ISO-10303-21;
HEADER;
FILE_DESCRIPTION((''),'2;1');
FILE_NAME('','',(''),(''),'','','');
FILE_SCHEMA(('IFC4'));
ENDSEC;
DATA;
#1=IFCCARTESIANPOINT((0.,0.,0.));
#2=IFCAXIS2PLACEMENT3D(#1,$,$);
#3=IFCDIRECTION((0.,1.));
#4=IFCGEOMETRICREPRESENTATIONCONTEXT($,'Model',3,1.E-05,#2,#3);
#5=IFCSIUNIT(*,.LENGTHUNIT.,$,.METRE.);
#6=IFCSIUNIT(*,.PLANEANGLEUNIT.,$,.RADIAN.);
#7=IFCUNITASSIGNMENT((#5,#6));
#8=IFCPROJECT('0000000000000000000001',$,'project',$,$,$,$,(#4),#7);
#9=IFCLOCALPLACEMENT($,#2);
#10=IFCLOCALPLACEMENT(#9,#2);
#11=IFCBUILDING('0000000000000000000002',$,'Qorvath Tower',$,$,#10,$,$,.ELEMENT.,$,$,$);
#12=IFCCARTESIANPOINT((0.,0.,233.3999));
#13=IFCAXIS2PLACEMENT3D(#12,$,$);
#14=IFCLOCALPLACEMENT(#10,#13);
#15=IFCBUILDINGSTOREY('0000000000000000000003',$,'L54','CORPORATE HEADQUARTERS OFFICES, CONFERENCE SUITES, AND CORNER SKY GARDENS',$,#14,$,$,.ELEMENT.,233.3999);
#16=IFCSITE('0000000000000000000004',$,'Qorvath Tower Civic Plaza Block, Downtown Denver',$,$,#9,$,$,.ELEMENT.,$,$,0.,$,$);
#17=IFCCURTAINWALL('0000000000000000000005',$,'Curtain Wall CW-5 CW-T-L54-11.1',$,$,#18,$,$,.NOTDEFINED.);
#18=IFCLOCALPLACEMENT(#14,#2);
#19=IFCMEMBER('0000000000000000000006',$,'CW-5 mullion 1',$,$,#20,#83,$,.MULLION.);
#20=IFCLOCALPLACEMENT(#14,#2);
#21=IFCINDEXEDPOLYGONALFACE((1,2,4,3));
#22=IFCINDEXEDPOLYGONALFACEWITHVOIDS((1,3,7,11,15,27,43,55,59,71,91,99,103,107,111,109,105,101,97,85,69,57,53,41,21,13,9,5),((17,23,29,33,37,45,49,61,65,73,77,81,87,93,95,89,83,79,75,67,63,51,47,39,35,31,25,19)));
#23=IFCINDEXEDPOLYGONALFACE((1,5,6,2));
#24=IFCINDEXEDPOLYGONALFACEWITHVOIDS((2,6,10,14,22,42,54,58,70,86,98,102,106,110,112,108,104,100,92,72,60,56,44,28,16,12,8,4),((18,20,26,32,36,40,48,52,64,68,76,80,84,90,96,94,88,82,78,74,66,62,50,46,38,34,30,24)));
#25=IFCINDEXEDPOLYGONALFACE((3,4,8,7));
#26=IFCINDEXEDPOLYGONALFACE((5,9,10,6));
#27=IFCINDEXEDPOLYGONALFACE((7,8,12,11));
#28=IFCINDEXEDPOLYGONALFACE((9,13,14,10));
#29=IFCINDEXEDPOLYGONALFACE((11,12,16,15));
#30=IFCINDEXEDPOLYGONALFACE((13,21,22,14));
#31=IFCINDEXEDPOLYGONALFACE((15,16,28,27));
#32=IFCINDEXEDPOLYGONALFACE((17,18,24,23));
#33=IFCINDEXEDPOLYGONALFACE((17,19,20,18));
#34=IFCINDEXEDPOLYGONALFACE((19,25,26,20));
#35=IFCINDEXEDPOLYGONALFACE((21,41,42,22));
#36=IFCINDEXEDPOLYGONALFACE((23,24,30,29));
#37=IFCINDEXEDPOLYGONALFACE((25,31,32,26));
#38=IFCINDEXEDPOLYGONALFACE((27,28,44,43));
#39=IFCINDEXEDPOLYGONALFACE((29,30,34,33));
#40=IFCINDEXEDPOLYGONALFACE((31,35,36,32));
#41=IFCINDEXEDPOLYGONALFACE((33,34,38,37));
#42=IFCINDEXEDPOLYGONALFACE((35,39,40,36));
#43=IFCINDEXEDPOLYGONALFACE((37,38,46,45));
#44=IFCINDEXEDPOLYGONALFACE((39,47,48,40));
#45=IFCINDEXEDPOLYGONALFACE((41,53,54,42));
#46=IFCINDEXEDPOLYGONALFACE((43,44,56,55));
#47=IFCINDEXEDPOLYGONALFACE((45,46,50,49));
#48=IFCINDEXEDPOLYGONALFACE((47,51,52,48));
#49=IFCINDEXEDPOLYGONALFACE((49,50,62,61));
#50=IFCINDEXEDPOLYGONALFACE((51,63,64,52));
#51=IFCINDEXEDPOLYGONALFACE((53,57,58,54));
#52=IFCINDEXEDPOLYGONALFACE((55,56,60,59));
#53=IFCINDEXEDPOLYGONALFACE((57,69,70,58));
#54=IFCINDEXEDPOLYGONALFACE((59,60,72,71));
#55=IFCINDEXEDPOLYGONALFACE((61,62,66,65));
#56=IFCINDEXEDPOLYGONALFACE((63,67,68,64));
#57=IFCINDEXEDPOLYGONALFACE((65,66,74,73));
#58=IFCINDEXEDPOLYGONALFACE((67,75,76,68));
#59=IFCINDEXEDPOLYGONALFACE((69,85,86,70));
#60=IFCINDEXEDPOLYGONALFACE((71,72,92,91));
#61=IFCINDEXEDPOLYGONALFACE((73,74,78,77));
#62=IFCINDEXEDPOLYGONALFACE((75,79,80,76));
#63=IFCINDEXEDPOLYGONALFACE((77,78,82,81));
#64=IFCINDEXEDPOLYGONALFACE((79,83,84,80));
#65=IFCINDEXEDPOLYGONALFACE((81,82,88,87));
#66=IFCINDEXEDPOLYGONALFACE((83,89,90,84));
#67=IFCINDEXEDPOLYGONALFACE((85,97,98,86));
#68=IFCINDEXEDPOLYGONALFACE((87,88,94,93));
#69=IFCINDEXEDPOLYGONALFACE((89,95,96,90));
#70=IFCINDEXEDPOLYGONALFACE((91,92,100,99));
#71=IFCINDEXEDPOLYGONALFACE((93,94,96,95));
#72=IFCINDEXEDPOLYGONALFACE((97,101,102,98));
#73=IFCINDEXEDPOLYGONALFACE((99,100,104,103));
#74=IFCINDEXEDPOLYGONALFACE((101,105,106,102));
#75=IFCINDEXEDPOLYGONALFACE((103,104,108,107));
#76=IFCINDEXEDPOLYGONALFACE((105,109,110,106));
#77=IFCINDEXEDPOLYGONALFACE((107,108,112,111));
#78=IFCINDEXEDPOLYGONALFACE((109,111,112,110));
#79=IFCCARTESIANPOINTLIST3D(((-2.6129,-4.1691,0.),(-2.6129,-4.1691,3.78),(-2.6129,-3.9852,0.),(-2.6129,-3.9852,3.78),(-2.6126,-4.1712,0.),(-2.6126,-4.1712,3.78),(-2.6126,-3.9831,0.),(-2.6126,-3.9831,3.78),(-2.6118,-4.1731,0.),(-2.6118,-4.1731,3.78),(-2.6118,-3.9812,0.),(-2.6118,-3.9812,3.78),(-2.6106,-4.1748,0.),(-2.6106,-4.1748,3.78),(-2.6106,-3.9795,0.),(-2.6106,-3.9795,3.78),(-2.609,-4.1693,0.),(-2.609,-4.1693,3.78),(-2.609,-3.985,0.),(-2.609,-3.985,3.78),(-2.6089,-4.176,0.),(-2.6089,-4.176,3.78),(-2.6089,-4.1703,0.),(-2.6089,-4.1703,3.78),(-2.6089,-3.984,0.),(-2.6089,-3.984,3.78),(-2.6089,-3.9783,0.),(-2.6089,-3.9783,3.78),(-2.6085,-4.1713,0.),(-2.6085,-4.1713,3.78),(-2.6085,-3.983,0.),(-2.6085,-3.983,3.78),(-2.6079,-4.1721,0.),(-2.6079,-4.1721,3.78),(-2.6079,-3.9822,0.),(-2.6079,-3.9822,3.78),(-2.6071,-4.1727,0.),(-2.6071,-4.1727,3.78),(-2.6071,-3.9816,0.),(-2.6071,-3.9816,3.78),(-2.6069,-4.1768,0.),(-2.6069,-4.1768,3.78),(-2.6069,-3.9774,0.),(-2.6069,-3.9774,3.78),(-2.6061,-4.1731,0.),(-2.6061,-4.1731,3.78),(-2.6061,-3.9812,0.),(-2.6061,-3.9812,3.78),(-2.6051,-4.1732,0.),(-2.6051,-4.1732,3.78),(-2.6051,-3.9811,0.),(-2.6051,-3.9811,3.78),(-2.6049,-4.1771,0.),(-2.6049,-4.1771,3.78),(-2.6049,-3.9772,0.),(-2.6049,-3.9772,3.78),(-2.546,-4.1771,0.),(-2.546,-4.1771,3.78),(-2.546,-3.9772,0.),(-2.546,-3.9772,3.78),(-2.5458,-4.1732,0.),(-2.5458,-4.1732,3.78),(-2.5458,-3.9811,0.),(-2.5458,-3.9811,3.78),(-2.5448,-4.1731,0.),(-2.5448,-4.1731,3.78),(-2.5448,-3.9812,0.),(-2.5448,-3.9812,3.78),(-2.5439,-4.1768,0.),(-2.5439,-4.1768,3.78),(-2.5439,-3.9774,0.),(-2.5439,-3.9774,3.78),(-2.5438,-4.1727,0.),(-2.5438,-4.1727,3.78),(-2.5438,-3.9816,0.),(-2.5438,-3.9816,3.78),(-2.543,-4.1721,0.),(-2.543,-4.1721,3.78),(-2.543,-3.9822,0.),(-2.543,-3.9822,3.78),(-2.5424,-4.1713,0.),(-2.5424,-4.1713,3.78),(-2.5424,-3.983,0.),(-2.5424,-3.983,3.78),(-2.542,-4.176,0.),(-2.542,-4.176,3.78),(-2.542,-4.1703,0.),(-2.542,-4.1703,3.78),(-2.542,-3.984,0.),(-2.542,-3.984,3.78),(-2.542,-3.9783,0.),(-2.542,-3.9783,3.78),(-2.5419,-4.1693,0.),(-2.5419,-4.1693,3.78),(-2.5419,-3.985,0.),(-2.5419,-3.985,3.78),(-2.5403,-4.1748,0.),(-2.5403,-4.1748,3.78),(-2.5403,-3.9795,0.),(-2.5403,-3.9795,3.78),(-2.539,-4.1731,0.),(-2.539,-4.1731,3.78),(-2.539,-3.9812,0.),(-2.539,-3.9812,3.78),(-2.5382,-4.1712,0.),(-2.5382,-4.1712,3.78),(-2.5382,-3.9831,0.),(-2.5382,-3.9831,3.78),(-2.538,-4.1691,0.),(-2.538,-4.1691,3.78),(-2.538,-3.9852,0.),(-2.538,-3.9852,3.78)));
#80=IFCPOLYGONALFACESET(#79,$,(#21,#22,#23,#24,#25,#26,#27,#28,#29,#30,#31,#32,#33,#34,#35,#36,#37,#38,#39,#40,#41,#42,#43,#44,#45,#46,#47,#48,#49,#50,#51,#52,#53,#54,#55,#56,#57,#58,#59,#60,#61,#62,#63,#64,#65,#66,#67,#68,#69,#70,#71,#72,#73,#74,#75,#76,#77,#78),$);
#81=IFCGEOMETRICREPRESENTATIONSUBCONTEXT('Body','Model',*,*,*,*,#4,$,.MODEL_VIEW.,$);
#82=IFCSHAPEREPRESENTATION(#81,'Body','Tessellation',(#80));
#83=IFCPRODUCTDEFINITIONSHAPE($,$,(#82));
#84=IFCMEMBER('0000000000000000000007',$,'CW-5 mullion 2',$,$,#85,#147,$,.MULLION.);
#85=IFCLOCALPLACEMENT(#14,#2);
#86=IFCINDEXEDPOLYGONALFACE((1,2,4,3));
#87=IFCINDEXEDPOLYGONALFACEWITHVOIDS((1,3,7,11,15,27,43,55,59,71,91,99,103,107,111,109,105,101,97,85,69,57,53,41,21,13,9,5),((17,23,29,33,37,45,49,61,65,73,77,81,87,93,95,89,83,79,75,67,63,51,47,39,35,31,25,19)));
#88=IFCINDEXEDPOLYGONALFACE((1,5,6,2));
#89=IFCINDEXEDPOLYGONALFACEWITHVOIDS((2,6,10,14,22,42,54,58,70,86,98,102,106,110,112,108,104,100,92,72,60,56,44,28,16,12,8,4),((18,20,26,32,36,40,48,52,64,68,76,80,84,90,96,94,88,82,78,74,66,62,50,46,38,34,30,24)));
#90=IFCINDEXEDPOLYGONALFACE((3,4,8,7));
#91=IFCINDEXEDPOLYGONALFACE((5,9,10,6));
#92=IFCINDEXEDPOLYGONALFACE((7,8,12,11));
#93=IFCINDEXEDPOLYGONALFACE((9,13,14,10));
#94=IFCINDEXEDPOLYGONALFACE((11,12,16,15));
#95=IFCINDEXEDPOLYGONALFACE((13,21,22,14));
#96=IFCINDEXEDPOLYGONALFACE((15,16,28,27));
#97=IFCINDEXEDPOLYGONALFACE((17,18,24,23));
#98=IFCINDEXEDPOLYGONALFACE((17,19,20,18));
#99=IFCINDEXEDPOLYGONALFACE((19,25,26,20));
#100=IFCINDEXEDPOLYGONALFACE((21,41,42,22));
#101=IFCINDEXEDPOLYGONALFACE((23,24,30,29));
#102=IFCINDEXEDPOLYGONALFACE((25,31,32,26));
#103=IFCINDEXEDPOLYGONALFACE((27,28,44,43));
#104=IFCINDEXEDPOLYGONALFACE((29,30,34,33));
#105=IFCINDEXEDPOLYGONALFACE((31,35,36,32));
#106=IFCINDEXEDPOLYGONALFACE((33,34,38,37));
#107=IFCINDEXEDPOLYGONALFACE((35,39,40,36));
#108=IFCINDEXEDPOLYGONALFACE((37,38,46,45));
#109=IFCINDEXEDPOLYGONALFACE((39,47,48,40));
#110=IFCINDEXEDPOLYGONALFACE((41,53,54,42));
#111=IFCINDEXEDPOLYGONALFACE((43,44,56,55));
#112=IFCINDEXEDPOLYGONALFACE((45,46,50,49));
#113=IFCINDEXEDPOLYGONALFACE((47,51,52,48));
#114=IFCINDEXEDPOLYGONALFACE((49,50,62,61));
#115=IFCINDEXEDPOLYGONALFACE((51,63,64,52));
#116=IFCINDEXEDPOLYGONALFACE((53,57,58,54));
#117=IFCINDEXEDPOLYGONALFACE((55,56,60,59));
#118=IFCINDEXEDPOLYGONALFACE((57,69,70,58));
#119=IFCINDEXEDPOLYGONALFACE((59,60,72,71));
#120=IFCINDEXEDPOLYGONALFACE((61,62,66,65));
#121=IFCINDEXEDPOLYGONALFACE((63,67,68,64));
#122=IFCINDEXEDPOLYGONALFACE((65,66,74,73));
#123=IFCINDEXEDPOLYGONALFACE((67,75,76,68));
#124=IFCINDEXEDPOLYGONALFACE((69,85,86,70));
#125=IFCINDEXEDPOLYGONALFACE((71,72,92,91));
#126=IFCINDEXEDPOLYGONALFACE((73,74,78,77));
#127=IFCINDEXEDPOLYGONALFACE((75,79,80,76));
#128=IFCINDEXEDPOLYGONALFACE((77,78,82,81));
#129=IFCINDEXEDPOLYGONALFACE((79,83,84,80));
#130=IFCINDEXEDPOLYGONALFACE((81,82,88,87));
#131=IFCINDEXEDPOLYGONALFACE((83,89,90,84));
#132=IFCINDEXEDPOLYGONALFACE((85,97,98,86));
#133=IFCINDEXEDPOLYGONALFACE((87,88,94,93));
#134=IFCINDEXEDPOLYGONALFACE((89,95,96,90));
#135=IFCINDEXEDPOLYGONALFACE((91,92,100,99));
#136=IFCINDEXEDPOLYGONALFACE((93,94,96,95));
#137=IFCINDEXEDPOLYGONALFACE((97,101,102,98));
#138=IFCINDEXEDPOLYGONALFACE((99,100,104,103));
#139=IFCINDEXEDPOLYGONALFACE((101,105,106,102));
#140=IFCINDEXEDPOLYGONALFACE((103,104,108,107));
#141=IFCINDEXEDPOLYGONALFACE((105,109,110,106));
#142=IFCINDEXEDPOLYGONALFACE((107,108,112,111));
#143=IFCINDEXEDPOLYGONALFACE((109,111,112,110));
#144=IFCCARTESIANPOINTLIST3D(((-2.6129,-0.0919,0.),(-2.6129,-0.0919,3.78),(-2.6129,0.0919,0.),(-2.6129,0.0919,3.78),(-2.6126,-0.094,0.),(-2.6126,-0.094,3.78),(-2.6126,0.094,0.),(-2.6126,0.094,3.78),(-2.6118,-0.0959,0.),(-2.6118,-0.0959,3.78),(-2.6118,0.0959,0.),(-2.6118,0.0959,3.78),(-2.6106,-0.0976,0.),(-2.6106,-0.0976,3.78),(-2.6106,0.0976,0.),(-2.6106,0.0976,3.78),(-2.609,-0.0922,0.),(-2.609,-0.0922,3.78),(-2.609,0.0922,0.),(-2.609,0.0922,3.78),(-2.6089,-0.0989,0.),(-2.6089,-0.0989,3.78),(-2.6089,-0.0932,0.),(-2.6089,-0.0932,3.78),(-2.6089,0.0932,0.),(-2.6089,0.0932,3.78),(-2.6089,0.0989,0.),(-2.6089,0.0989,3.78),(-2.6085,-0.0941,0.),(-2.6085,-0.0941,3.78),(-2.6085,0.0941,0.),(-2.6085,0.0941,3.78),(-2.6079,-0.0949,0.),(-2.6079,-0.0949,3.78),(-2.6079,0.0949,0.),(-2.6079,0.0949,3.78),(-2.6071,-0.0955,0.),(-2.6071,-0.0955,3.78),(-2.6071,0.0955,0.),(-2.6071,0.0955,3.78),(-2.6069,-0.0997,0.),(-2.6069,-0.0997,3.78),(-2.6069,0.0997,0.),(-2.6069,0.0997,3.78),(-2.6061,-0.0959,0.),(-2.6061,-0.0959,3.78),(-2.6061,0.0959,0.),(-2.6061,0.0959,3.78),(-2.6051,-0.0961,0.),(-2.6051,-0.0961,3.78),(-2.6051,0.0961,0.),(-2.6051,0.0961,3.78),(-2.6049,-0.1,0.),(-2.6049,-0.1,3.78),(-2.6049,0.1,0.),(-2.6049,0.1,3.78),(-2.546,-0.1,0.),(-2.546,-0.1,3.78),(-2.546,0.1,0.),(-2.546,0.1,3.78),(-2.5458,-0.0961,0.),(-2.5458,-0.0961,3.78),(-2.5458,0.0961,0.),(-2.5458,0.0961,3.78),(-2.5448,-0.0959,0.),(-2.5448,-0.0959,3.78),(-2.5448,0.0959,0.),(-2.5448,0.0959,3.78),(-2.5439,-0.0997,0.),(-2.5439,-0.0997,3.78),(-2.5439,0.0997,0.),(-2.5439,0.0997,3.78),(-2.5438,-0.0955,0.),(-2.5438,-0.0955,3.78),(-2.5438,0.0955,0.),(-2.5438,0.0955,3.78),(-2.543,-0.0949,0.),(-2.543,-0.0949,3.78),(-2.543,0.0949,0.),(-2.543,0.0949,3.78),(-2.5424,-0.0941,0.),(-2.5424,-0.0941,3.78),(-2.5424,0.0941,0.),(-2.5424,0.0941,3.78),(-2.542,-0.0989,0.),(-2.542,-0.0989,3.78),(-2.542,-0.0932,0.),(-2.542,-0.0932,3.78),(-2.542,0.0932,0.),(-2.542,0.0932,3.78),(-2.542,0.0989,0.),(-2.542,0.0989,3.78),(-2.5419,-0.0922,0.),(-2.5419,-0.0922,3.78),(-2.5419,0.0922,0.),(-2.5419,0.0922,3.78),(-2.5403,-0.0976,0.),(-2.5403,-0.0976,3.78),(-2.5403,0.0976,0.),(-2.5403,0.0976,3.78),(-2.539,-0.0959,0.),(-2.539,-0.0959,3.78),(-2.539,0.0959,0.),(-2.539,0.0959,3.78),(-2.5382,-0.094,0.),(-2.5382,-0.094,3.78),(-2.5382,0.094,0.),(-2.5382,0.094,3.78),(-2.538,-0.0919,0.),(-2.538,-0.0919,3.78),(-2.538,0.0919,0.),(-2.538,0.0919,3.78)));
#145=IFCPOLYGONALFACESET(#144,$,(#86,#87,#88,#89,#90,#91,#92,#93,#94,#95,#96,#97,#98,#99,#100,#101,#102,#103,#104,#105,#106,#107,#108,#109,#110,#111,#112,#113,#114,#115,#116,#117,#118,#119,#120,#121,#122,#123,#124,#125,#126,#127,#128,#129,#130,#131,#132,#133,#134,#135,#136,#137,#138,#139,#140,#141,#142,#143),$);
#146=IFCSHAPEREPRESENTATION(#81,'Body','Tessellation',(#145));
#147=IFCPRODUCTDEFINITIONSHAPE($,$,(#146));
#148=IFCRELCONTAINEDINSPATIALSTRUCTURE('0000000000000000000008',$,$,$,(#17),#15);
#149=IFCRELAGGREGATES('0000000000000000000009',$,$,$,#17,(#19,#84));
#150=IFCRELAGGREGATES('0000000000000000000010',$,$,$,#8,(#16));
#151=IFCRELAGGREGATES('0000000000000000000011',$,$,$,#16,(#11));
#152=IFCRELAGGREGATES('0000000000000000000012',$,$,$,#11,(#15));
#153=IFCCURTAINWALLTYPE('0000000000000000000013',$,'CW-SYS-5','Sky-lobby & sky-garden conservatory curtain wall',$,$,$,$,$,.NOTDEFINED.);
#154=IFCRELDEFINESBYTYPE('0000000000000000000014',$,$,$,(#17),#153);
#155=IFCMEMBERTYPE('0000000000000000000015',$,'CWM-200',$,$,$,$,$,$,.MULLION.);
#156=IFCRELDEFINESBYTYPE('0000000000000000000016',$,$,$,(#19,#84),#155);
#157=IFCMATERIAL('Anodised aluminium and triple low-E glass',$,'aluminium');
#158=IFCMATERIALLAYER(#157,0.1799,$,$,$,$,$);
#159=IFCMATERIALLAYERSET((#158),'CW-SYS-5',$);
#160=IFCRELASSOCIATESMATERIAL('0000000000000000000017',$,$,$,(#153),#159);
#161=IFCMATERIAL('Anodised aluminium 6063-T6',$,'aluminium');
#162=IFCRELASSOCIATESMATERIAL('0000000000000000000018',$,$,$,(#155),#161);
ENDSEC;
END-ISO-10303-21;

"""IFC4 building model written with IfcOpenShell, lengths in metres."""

from ifc_helpers import new_model, si_unit, direction, frame, origin, origin_2d, place, context, subcontext, project, spatial, hollow_rectangle, extrude, material, layer, layer_set, material_profile, profile_set, type_object, element, aggregate, save


model = new_model("IFC4")

# Units and contexts
model_context = context("Model", 3, precision=1e-05, world=origin(), true_north=direction((0.0, 1.0)))
body_context = subcontext(model_context, "Body", "Model", "MODEL_VIEW")
ifc_project = project(units=[si_unit("LENGTHUNIT", "METRE"), si_unit("PLANEANGLEUNIT", "RADIAN")], contexts=[model_context])

# Site, building, storey
site_placement = place(None, origin())
site = spatial("IfcSite", under=ifc_project, at=site_placement, Name="Qorvath Tower Civic Plaza Block, Downtown Denver", CompositionType="ELEMENT", RefElevation=0.0)
building_placement = place(site_placement, origin())
building = spatial("IfcBuilding", under=site, at=building_placement, Name="Qorvath Tower", CompositionType="ELEMENT")
storey_placement = place(building_placement, frame((0.0, 0.0, 233.3999)))
storey = spatial("IfcBuildingStorey", under=building, at=storey_placement, Name="L54", Description="CORPORATE HEADQUARTERS OFFICES, CONFERENCE SUITES, AND CORNER SKY GARDENS", CompositionType="ELEMENT", Elevation=233.3999)

# Curtain wall, members
ifc_material_1 = material(Name="Anodised aluminium and triple low-E glass", Category="aluminium")
ifc_layer_1 = layer(ifc_material_1, 0.1799)
ifc_layer_set_1 = layer_set([ifc_layer_1], Name="CW-SYS-5")
curtain_wall_type = type_object("IfcCurtainWallType", Name="CW-SYS-5", Description="Sky-lobby & sky-garden conservatory curtain wall", PredefinedType="NOTDEFINED", material=ifc_layer_set_1)
curtain_wall_placement = place(storey_placement, origin())
curtain_wall = element("IfcCurtainWall", 1, at=curtain_wall_placement, inside=storey, type_object=curtain_wall_type, Name="Curtain Wall CW-5 CW-T-L54-11.1", PredefinedType="NOTDEFINED")
ifc_material_2 = material(Name="Anodised aluminium 6063-T6", Category="aluminium")
ifc_material_profile_1 = material_profile(ifc_material_2, hollow_rectangle(XDim=0.075, YDim=0.2, WallThickness=0.0039, InnerFilletRadius=0.0039, OuterFilletRadius=0.0081, at=origin_2d()), Name="CWM 200x75")
ifc_profile_set_1 = profile_set([ifc_material_profile_1], Name="Anodised aluminium 6063-T6")
member_type_1 = type_object("IfcMemberType", Name="CWM-200", PredefinedType="MULLION", material=ifc_profile_set_1)
member_1_placement = place(storey_placement, frame((-2.5754, -4.0771, 0.0), z_axis=(0.0, 0.0, 1.0), x_axis=(-1.0, 0.0, 0.0)))
member_1 = element("IfcMember", 2, at=member_1_placement, type_object=member_type_1, Name="CW-5 mullion 1", PredefinedType="MULLION", context=body_context, shape_type="SweptSolid", body=[
    extrude(hollow_rectangle(XDim=0.075, YDim=0.2, WallThickness=0.0039, InnerFilletRadius=0.0039, OuterFilletRadius=0.0081, at=origin_2d()), origin(), (0.0, 0.0, 1.0), 3.78),
])
member_2_placement = place(storey_placement, frame((-2.5754, 0.0, 0.0), z_axis=(0.0, 0.0, 1.0), x_axis=(-1.0, 0.0, 0.0)))
member_2 = element("IfcMember", 3, at=member_2_placement, type_object=member_type_1, Name="CW-5 mullion 2", PredefinedType="MULLION", context=body_context, shape_type="SweptSolid", body=[
    extrude(hollow_rectangle(XDim=0.075, YDim=0.2, WallThickness=0.0039, InnerFilletRadius=0.0039, OuterFilletRadius=0.0081, at=origin_2d()), origin(), (0.0, 0.0, 1.0), 3.78),
])
aggregate(curtain_wall, [member_1, member_2])

save(model, "model.ifc")
